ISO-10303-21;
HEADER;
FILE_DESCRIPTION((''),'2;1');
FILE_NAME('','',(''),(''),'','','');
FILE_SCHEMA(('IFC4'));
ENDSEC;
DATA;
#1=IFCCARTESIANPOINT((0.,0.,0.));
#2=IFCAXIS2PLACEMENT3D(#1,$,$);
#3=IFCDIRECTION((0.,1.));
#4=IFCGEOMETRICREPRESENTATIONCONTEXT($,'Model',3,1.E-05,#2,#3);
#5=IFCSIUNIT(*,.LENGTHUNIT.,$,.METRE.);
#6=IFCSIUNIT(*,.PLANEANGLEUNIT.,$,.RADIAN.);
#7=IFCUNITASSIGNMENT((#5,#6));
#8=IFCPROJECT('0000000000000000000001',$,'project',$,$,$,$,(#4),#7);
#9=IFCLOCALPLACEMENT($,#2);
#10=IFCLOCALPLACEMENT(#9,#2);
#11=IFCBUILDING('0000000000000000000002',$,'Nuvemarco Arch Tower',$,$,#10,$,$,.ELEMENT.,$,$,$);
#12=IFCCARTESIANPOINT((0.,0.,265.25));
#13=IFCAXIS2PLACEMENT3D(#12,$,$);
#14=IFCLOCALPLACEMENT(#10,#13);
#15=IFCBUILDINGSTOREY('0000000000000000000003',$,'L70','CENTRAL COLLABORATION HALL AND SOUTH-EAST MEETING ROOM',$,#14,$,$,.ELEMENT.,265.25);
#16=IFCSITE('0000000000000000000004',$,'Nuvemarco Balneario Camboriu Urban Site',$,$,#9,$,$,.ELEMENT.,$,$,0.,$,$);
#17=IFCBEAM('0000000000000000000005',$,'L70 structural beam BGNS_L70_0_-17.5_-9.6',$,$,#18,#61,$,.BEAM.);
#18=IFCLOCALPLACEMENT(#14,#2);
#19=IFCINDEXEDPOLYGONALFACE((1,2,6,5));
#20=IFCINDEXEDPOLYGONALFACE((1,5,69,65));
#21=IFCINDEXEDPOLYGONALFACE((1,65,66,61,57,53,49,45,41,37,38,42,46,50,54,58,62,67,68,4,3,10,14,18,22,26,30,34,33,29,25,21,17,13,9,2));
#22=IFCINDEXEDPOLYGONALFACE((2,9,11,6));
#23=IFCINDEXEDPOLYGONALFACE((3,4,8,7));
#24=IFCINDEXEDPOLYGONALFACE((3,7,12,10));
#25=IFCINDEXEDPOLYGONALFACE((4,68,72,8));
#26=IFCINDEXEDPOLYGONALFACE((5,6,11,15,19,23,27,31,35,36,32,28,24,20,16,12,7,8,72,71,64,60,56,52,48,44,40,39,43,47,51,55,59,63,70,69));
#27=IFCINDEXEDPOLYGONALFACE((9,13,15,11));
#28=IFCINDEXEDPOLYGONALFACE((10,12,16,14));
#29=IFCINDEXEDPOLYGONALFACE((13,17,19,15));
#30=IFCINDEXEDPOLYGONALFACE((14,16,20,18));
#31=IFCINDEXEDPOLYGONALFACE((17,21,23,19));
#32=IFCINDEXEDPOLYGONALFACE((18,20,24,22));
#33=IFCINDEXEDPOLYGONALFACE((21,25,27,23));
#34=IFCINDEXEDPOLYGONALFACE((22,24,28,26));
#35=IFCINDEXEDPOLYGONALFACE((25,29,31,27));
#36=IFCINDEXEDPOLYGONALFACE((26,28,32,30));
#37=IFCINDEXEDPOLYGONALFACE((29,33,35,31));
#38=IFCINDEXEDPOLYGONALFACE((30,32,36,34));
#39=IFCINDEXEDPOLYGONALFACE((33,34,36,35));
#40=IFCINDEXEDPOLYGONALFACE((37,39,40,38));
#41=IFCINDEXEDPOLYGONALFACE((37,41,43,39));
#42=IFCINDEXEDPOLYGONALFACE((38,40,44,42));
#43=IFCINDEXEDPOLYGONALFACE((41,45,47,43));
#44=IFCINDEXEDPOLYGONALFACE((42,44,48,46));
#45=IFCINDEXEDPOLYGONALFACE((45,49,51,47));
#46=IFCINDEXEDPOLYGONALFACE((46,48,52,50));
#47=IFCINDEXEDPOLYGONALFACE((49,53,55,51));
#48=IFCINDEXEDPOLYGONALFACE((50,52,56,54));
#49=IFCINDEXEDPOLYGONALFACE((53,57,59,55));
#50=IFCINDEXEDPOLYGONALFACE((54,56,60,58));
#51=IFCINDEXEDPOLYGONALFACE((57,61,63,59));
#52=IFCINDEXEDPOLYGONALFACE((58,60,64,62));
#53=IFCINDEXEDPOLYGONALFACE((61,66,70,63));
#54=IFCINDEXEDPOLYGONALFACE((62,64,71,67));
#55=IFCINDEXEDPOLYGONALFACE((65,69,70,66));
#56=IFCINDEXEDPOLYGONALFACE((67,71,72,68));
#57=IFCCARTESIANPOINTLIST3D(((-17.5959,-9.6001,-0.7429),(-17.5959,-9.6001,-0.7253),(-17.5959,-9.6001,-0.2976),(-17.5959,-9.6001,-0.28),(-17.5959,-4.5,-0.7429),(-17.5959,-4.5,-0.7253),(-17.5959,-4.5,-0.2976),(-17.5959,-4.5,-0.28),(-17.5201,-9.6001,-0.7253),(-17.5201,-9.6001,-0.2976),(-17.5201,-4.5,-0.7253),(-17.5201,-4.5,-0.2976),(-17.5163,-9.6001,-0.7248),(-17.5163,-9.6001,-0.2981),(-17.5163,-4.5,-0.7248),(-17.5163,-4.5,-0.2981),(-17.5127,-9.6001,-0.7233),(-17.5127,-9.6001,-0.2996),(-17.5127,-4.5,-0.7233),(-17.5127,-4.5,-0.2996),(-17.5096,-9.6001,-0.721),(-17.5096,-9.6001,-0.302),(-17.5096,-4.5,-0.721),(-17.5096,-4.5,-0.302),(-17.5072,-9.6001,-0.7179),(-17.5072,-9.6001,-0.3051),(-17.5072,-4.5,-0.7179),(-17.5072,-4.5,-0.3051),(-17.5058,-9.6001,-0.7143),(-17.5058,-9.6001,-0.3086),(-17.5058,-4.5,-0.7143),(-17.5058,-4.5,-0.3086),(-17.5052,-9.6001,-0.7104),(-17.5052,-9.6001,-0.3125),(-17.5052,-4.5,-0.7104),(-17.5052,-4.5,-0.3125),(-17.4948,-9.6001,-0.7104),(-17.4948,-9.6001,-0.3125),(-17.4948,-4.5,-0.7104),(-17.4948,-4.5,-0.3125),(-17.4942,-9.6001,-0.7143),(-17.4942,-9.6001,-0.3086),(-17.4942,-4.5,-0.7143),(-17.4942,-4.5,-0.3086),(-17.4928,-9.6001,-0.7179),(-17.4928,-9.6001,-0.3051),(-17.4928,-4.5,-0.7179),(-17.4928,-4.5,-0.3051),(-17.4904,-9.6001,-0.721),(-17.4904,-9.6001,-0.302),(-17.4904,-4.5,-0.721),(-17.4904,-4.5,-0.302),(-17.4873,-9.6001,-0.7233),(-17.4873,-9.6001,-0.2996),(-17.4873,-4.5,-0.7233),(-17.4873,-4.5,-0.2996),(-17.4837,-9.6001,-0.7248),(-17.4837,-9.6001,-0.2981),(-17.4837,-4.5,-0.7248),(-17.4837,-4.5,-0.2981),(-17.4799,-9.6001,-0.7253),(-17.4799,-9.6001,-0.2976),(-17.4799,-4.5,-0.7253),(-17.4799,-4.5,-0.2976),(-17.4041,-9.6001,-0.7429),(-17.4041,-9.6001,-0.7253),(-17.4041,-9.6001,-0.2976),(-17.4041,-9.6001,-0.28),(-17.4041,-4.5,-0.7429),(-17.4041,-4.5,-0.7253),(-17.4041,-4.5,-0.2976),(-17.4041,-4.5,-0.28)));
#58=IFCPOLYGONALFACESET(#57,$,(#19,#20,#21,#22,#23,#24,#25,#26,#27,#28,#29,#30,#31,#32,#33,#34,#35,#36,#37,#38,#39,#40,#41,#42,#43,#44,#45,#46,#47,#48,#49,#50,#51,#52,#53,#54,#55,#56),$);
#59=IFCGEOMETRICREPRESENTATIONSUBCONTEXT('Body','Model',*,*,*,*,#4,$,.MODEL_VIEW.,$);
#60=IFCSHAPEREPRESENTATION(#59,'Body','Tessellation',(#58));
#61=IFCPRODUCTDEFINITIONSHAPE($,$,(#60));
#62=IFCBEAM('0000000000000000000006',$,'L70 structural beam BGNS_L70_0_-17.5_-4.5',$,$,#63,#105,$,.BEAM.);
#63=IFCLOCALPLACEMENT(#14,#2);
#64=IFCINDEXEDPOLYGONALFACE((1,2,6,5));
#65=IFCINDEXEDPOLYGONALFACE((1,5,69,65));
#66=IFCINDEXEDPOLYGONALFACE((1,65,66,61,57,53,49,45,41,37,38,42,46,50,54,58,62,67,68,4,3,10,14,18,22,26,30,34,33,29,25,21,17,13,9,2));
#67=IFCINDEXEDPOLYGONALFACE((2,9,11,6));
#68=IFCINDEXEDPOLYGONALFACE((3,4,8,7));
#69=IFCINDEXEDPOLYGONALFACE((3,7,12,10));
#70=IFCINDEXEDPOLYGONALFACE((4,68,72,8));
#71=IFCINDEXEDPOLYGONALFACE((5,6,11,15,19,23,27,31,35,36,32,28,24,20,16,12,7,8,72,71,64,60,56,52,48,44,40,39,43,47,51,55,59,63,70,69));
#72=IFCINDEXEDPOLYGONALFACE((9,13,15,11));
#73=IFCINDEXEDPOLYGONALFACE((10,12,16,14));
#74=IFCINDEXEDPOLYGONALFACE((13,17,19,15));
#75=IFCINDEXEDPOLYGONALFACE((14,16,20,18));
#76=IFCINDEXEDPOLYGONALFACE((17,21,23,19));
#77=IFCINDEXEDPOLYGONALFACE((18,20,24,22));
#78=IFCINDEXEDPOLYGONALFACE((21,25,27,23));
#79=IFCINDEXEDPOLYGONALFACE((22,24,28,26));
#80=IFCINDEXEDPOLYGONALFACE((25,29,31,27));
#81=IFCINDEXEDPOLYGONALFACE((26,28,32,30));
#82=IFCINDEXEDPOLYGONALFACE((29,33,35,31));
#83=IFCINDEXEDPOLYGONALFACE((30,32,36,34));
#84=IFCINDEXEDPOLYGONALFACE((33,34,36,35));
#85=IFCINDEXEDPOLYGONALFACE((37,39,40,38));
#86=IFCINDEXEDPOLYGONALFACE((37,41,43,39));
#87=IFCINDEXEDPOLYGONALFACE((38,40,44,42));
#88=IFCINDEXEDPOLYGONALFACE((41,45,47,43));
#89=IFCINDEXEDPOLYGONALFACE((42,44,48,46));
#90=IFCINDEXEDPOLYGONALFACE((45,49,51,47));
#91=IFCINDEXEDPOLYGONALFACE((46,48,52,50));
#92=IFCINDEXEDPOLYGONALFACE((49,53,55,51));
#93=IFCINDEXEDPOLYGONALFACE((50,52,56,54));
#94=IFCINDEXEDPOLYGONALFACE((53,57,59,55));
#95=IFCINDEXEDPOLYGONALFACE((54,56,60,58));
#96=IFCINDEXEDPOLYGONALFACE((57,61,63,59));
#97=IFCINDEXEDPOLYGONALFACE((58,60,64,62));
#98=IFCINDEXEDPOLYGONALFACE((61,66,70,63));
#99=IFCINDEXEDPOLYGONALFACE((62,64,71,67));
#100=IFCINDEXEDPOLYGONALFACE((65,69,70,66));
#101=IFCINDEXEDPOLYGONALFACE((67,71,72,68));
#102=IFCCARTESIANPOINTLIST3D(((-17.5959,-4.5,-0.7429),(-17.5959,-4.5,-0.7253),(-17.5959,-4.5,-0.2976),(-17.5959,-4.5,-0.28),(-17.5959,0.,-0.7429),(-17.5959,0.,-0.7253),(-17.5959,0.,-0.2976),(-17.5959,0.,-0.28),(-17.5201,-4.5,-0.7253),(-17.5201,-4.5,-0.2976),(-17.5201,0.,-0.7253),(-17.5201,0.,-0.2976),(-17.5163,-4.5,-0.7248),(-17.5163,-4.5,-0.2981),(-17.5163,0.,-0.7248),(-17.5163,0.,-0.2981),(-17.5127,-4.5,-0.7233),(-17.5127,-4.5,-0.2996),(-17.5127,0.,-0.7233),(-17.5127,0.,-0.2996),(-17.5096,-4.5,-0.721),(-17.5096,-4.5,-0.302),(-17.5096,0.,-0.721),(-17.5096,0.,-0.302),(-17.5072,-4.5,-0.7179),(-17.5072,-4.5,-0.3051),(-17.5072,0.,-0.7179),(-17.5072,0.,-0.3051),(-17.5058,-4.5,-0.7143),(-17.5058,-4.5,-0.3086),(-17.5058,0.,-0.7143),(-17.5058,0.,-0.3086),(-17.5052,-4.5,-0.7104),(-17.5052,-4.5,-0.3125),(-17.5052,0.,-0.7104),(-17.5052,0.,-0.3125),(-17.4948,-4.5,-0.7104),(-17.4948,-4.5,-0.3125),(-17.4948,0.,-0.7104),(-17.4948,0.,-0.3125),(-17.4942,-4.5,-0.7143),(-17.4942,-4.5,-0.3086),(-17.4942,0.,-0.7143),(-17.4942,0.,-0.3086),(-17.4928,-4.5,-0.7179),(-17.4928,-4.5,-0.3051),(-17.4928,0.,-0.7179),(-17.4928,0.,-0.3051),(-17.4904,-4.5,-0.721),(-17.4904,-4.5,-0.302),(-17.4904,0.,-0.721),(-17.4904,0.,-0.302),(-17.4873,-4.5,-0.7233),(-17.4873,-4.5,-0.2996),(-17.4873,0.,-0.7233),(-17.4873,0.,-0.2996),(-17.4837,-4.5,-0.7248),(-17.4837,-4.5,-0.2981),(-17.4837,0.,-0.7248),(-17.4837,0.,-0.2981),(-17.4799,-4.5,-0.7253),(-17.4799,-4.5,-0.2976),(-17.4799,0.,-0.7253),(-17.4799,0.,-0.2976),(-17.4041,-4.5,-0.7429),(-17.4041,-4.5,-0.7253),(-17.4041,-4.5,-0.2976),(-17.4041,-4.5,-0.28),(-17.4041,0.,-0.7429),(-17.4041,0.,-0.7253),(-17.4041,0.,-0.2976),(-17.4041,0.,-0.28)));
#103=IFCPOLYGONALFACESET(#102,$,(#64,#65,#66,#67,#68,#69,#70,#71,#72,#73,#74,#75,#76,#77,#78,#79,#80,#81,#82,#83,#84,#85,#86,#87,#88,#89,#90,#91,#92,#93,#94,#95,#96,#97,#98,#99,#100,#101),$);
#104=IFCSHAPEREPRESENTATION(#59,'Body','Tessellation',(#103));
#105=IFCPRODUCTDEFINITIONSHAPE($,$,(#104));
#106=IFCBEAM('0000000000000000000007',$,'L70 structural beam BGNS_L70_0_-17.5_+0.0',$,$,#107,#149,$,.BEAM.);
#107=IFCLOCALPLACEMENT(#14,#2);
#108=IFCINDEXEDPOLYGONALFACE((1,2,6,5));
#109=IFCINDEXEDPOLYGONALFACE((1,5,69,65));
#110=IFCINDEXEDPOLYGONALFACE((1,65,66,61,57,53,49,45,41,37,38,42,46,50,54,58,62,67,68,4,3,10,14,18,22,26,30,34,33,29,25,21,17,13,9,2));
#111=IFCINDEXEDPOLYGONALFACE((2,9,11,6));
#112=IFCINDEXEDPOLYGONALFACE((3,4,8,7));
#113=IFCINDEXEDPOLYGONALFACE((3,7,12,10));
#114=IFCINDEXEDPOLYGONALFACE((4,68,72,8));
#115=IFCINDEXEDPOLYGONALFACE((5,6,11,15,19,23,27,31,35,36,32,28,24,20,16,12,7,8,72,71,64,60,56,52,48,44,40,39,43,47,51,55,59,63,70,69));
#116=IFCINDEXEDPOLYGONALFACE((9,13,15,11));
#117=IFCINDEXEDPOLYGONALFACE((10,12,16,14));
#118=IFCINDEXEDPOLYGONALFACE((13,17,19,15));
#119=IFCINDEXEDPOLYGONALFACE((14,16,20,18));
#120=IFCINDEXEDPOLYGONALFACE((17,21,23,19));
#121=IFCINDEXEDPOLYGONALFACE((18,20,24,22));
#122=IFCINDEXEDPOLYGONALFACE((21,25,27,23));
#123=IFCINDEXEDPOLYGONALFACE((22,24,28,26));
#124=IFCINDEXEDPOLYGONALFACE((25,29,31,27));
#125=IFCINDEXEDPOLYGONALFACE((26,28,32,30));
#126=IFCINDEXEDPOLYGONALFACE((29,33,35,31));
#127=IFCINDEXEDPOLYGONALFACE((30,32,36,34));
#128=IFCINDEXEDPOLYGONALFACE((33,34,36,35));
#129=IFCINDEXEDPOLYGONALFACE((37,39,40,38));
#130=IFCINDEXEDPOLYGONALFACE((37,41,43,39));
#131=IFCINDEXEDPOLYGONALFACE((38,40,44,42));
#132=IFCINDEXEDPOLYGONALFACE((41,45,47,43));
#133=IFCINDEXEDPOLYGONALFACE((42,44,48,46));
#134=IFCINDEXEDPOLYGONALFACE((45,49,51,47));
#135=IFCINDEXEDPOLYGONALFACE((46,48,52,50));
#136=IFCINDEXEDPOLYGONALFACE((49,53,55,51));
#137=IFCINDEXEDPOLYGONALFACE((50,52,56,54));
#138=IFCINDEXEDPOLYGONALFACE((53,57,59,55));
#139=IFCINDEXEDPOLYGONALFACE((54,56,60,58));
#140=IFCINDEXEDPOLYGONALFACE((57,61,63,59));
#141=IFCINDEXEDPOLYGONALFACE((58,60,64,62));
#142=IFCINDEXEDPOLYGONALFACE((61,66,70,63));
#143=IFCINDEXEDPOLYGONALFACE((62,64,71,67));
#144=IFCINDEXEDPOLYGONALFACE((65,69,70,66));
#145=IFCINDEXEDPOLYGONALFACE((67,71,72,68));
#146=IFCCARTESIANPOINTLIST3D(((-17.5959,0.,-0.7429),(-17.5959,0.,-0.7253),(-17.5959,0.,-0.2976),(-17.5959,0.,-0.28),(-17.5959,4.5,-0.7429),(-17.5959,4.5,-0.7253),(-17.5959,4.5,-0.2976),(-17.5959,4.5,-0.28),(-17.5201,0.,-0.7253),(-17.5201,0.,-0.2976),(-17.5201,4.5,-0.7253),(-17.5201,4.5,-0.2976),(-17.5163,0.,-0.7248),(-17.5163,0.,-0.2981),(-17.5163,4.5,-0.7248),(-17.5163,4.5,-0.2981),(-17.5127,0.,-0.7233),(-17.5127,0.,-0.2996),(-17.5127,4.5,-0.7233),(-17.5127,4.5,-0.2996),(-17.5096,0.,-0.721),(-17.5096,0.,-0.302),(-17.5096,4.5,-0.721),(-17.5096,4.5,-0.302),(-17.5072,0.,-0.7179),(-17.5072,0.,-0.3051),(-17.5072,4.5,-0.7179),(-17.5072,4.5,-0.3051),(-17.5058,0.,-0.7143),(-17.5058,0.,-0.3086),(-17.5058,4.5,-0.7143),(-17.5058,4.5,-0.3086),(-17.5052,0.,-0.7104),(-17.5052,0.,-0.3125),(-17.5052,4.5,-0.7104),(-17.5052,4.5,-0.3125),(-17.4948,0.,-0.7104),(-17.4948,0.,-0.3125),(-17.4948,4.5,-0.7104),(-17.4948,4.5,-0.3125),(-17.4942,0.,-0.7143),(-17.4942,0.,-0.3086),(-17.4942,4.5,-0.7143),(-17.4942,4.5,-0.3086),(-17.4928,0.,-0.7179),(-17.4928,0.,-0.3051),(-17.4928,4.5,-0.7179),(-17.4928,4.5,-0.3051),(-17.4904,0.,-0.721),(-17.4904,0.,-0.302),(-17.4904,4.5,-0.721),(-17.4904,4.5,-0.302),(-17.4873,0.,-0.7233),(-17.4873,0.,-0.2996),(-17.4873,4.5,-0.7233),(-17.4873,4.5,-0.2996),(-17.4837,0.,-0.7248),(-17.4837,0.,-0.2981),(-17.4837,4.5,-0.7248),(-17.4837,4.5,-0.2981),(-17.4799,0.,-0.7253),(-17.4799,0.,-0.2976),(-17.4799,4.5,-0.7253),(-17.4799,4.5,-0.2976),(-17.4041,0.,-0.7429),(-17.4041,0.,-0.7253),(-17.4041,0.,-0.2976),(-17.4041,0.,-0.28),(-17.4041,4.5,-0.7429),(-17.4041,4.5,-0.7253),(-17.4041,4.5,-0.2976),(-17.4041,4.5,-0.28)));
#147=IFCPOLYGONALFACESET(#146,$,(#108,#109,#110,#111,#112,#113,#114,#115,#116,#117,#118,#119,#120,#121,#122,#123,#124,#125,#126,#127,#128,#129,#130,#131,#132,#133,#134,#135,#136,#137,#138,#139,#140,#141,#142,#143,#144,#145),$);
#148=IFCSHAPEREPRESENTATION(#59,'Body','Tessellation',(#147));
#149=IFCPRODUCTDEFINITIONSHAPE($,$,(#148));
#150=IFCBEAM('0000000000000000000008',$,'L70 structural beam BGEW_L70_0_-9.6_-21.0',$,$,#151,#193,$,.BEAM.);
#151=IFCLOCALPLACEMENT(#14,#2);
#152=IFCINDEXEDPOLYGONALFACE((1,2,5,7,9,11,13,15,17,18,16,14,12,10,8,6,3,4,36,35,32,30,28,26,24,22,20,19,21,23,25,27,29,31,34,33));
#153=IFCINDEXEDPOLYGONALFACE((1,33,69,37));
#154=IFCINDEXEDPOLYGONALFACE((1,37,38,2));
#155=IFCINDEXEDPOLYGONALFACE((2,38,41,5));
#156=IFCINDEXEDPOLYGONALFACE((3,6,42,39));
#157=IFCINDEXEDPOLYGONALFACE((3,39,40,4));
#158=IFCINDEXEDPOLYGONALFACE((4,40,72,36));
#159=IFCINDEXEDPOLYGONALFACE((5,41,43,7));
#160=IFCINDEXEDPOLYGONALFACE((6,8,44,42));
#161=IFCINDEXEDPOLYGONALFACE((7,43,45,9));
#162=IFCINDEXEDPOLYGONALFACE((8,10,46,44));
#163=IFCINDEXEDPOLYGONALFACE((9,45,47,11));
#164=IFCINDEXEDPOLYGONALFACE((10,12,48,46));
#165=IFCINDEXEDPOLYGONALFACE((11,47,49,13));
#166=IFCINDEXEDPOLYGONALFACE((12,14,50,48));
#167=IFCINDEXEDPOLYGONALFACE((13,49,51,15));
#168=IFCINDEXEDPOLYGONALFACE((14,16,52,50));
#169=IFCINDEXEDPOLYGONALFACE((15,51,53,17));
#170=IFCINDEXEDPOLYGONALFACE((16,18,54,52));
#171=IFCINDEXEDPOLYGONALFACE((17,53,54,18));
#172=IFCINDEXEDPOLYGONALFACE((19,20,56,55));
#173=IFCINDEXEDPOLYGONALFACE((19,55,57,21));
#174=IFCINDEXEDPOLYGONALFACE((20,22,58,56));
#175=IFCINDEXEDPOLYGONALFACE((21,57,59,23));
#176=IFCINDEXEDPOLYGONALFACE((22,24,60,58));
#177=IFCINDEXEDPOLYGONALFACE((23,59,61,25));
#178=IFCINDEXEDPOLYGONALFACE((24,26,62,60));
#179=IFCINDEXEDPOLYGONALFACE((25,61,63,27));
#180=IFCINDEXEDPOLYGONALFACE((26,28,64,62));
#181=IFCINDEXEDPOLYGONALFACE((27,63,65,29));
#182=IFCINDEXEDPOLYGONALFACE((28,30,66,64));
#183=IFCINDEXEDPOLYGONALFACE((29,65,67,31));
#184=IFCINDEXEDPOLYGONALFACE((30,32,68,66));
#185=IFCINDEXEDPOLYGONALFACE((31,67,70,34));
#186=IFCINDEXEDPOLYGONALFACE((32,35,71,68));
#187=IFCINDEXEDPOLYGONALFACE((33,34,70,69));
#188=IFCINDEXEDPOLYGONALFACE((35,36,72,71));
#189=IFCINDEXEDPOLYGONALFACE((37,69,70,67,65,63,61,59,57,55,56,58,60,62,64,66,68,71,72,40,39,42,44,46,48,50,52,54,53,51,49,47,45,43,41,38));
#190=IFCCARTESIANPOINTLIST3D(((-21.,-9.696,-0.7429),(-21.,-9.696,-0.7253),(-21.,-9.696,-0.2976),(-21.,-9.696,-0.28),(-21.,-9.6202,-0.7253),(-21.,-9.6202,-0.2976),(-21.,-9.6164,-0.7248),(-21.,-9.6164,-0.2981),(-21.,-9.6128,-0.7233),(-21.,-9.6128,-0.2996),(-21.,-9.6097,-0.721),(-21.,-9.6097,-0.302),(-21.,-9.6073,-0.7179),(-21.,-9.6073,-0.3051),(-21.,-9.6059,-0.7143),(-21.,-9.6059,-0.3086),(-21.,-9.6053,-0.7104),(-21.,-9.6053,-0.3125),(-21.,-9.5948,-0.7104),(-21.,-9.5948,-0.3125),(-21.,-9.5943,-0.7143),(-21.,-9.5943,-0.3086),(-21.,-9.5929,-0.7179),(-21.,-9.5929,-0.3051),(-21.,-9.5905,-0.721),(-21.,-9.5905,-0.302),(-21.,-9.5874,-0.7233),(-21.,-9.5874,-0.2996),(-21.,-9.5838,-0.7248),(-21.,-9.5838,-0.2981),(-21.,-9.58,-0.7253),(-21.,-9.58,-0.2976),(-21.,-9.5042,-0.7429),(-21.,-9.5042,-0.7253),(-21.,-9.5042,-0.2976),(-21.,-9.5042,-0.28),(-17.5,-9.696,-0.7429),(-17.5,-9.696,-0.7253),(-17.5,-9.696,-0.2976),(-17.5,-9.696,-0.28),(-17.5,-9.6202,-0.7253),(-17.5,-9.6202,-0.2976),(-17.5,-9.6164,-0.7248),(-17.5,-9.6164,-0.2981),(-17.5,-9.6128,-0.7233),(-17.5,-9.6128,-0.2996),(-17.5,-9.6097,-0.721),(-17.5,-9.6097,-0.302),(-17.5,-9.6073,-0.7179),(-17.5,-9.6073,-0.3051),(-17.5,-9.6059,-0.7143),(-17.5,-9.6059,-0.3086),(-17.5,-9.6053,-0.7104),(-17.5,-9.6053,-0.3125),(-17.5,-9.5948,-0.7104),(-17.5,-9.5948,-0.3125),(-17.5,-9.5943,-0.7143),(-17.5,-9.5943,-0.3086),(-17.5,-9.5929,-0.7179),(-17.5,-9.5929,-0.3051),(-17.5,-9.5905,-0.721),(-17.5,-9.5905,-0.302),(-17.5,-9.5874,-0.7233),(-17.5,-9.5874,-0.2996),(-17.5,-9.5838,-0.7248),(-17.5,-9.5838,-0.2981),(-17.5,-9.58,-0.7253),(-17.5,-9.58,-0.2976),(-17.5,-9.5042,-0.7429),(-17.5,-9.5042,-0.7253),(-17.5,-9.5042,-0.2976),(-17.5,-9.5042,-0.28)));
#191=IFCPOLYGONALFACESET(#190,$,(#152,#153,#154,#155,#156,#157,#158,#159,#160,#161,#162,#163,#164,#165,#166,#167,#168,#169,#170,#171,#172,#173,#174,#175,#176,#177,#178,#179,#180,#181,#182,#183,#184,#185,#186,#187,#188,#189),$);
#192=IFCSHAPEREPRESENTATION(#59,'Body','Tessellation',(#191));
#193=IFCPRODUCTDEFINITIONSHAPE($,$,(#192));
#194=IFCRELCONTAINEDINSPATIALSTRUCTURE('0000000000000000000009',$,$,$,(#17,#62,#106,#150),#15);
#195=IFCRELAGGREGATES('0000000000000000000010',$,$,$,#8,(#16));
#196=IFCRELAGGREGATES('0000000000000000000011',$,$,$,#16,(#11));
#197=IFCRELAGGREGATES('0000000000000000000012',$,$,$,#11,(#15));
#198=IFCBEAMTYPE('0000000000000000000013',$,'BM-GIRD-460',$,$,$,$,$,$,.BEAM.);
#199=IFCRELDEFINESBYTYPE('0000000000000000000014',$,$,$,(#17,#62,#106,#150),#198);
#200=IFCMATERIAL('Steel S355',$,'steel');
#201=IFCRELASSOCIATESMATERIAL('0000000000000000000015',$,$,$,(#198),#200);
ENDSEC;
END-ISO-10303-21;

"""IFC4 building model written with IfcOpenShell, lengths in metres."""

from ifc_helpers import new_model, si_unit, direction, frame, origin, origin_2d, place, context, subcontext, project, spatial, i_section, extrude, material, material_profile, profile_set, type_object, element, save


model = new_model("IFC4")

# Units and contexts
model_context = context("Model", 3, precision=1e-05, world=origin(), true_north=direction((0.0, 1.0)))
body_context = subcontext(model_context, "Body", "Model", "MODEL_VIEW")
ifc_project = project(units=[si_unit("LENGTHUNIT", "METRE"), si_unit("PLANEANGLEUNIT", "RADIAN")], contexts=[model_context])

# Site, building, storey
site_placement = place(None, origin())
site = spatial("IfcSite", under=ifc_project, at=site_placement, Name="Nuvemarco Balneario Camboriu Urban Site", CompositionType="ELEMENT", RefElevation=0.0)
building_placement = place(site_placement, origin())
building = spatial("IfcBuilding", under=site, at=building_placement, Name="Nuvemarco Arch Tower", CompositionType="ELEMENT")
storey_placement = place(building_placement, frame((0.0, 0.0, 265.25)))
storey = spatial("IfcBuildingStorey", under=building, at=storey_placement, Name="L70", Description="CENTRAL COLLABORATION HALL AND SOUTH-EAST MEETING ROOM", CompositionType="ELEMENT", Elevation=265.25)

# Shared definitions
ifc_material_1 = material(Name="Steel S355", Category="steel")

# Beams
ifc_material_profile_1 = material_profile(ifc_material_1, i_section(OverallWidth=0.1919, OverallDepth=0.4629, WebThickness=0.0105, FlangeThickness=0.0176, FilletRadius=0.0149, at=origin_2d()), Name="W460x89")
ifc_profile_set_1 = profile_set([ifc_material_profile_1], Name="Steel S355")
beam_type_1 = type_object("IfcBeamType", Name="BM-GIRD-460", PredefinedType="BEAM", material=ifc_profile_set_1)
beam_1_placement = place(storey_placement, frame((-17.5, -9.6001, -0.5115), z_axis=(0.0, 1.0, 0.0), x_axis=(-1.0, 0.0, 0.0)))
element("IfcBeam", 1, at=beam_1_placement, inside=storey, type_object=beam_type_1, Name="L70 structural beam BGNS_L70_0_-17.5_-9.6", PredefinedType="BEAM", context=body_context, shape_type="SweptSolid", body=[
    extrude(i_section(OverallWidth=0.1919, OverallDepth=0.4629, WebThickness=0.0105, FlangeThickness=0.0176, FilletRadius=0.0149, at=origin_2d()), origin(), (0.0, 0.0, 1.0), 5.1001),
])
for number, where, z_axis, x_axis, name in (
    (2, (-17.5, -4.5, -0.5115), (0.0, 1.0, 0.0), (-1.0, 0.0, 0.0), "L70 structural beam BGNS_L70_0_-17.5_-4.5"),
    (3, (-17.5, 0.0, -0.5115), (0.0, 1.0, 0.0), (-1.0, 0.0, 0.0), "L70 structural beam BGNS_L70_0_-17.5_+0.0"),
):
    element("IfcBeam", number, at=place(storey_placement, frame(where, z_axis=z_axis, x_axis=x_axis)), inside=storey, type_object=beam_type_1, Name=name, PredefinedType="BEAM", context=body_context, shape_type="SweptSolid", body=[
        extrude(i_section(OverallWidth=0.1919, OverallDepth=0.4629, WebThickness=0.0105, FlangeThickness=0.0176, FilletRadius=0.0149, at=origin_2d()), origin(), (0.0, 0.0, 1.0), 4.5),
    ])
beam_2_placement = place(storey_placement, frame((-21.0, -9.6001, -0.5115), z_axis=(1.0, 0.0, 0.0), x_axis=(0.0, 1.0, 0.0)))
element("IfcBeam", 4, at=beam_2_placement, inside=storey, type_object=beam_type_1, Name="L70 structural beam BGEW_L70_0_-9.6_-21.0", PredefinedType="BEAM", context=body_context, shape_type="SweptSolid", body=[
    extrude(i_section(OverallWidth=0.1919, OverallDepth=0.4629, WebThickness=0.0105, FlangeThickness=0.0176, FilletRadius=0.0149, at=origin_2d()), origin(), (0.0, 0.0, 1.0), 3.5),
])

save(model, "model.ifc")
